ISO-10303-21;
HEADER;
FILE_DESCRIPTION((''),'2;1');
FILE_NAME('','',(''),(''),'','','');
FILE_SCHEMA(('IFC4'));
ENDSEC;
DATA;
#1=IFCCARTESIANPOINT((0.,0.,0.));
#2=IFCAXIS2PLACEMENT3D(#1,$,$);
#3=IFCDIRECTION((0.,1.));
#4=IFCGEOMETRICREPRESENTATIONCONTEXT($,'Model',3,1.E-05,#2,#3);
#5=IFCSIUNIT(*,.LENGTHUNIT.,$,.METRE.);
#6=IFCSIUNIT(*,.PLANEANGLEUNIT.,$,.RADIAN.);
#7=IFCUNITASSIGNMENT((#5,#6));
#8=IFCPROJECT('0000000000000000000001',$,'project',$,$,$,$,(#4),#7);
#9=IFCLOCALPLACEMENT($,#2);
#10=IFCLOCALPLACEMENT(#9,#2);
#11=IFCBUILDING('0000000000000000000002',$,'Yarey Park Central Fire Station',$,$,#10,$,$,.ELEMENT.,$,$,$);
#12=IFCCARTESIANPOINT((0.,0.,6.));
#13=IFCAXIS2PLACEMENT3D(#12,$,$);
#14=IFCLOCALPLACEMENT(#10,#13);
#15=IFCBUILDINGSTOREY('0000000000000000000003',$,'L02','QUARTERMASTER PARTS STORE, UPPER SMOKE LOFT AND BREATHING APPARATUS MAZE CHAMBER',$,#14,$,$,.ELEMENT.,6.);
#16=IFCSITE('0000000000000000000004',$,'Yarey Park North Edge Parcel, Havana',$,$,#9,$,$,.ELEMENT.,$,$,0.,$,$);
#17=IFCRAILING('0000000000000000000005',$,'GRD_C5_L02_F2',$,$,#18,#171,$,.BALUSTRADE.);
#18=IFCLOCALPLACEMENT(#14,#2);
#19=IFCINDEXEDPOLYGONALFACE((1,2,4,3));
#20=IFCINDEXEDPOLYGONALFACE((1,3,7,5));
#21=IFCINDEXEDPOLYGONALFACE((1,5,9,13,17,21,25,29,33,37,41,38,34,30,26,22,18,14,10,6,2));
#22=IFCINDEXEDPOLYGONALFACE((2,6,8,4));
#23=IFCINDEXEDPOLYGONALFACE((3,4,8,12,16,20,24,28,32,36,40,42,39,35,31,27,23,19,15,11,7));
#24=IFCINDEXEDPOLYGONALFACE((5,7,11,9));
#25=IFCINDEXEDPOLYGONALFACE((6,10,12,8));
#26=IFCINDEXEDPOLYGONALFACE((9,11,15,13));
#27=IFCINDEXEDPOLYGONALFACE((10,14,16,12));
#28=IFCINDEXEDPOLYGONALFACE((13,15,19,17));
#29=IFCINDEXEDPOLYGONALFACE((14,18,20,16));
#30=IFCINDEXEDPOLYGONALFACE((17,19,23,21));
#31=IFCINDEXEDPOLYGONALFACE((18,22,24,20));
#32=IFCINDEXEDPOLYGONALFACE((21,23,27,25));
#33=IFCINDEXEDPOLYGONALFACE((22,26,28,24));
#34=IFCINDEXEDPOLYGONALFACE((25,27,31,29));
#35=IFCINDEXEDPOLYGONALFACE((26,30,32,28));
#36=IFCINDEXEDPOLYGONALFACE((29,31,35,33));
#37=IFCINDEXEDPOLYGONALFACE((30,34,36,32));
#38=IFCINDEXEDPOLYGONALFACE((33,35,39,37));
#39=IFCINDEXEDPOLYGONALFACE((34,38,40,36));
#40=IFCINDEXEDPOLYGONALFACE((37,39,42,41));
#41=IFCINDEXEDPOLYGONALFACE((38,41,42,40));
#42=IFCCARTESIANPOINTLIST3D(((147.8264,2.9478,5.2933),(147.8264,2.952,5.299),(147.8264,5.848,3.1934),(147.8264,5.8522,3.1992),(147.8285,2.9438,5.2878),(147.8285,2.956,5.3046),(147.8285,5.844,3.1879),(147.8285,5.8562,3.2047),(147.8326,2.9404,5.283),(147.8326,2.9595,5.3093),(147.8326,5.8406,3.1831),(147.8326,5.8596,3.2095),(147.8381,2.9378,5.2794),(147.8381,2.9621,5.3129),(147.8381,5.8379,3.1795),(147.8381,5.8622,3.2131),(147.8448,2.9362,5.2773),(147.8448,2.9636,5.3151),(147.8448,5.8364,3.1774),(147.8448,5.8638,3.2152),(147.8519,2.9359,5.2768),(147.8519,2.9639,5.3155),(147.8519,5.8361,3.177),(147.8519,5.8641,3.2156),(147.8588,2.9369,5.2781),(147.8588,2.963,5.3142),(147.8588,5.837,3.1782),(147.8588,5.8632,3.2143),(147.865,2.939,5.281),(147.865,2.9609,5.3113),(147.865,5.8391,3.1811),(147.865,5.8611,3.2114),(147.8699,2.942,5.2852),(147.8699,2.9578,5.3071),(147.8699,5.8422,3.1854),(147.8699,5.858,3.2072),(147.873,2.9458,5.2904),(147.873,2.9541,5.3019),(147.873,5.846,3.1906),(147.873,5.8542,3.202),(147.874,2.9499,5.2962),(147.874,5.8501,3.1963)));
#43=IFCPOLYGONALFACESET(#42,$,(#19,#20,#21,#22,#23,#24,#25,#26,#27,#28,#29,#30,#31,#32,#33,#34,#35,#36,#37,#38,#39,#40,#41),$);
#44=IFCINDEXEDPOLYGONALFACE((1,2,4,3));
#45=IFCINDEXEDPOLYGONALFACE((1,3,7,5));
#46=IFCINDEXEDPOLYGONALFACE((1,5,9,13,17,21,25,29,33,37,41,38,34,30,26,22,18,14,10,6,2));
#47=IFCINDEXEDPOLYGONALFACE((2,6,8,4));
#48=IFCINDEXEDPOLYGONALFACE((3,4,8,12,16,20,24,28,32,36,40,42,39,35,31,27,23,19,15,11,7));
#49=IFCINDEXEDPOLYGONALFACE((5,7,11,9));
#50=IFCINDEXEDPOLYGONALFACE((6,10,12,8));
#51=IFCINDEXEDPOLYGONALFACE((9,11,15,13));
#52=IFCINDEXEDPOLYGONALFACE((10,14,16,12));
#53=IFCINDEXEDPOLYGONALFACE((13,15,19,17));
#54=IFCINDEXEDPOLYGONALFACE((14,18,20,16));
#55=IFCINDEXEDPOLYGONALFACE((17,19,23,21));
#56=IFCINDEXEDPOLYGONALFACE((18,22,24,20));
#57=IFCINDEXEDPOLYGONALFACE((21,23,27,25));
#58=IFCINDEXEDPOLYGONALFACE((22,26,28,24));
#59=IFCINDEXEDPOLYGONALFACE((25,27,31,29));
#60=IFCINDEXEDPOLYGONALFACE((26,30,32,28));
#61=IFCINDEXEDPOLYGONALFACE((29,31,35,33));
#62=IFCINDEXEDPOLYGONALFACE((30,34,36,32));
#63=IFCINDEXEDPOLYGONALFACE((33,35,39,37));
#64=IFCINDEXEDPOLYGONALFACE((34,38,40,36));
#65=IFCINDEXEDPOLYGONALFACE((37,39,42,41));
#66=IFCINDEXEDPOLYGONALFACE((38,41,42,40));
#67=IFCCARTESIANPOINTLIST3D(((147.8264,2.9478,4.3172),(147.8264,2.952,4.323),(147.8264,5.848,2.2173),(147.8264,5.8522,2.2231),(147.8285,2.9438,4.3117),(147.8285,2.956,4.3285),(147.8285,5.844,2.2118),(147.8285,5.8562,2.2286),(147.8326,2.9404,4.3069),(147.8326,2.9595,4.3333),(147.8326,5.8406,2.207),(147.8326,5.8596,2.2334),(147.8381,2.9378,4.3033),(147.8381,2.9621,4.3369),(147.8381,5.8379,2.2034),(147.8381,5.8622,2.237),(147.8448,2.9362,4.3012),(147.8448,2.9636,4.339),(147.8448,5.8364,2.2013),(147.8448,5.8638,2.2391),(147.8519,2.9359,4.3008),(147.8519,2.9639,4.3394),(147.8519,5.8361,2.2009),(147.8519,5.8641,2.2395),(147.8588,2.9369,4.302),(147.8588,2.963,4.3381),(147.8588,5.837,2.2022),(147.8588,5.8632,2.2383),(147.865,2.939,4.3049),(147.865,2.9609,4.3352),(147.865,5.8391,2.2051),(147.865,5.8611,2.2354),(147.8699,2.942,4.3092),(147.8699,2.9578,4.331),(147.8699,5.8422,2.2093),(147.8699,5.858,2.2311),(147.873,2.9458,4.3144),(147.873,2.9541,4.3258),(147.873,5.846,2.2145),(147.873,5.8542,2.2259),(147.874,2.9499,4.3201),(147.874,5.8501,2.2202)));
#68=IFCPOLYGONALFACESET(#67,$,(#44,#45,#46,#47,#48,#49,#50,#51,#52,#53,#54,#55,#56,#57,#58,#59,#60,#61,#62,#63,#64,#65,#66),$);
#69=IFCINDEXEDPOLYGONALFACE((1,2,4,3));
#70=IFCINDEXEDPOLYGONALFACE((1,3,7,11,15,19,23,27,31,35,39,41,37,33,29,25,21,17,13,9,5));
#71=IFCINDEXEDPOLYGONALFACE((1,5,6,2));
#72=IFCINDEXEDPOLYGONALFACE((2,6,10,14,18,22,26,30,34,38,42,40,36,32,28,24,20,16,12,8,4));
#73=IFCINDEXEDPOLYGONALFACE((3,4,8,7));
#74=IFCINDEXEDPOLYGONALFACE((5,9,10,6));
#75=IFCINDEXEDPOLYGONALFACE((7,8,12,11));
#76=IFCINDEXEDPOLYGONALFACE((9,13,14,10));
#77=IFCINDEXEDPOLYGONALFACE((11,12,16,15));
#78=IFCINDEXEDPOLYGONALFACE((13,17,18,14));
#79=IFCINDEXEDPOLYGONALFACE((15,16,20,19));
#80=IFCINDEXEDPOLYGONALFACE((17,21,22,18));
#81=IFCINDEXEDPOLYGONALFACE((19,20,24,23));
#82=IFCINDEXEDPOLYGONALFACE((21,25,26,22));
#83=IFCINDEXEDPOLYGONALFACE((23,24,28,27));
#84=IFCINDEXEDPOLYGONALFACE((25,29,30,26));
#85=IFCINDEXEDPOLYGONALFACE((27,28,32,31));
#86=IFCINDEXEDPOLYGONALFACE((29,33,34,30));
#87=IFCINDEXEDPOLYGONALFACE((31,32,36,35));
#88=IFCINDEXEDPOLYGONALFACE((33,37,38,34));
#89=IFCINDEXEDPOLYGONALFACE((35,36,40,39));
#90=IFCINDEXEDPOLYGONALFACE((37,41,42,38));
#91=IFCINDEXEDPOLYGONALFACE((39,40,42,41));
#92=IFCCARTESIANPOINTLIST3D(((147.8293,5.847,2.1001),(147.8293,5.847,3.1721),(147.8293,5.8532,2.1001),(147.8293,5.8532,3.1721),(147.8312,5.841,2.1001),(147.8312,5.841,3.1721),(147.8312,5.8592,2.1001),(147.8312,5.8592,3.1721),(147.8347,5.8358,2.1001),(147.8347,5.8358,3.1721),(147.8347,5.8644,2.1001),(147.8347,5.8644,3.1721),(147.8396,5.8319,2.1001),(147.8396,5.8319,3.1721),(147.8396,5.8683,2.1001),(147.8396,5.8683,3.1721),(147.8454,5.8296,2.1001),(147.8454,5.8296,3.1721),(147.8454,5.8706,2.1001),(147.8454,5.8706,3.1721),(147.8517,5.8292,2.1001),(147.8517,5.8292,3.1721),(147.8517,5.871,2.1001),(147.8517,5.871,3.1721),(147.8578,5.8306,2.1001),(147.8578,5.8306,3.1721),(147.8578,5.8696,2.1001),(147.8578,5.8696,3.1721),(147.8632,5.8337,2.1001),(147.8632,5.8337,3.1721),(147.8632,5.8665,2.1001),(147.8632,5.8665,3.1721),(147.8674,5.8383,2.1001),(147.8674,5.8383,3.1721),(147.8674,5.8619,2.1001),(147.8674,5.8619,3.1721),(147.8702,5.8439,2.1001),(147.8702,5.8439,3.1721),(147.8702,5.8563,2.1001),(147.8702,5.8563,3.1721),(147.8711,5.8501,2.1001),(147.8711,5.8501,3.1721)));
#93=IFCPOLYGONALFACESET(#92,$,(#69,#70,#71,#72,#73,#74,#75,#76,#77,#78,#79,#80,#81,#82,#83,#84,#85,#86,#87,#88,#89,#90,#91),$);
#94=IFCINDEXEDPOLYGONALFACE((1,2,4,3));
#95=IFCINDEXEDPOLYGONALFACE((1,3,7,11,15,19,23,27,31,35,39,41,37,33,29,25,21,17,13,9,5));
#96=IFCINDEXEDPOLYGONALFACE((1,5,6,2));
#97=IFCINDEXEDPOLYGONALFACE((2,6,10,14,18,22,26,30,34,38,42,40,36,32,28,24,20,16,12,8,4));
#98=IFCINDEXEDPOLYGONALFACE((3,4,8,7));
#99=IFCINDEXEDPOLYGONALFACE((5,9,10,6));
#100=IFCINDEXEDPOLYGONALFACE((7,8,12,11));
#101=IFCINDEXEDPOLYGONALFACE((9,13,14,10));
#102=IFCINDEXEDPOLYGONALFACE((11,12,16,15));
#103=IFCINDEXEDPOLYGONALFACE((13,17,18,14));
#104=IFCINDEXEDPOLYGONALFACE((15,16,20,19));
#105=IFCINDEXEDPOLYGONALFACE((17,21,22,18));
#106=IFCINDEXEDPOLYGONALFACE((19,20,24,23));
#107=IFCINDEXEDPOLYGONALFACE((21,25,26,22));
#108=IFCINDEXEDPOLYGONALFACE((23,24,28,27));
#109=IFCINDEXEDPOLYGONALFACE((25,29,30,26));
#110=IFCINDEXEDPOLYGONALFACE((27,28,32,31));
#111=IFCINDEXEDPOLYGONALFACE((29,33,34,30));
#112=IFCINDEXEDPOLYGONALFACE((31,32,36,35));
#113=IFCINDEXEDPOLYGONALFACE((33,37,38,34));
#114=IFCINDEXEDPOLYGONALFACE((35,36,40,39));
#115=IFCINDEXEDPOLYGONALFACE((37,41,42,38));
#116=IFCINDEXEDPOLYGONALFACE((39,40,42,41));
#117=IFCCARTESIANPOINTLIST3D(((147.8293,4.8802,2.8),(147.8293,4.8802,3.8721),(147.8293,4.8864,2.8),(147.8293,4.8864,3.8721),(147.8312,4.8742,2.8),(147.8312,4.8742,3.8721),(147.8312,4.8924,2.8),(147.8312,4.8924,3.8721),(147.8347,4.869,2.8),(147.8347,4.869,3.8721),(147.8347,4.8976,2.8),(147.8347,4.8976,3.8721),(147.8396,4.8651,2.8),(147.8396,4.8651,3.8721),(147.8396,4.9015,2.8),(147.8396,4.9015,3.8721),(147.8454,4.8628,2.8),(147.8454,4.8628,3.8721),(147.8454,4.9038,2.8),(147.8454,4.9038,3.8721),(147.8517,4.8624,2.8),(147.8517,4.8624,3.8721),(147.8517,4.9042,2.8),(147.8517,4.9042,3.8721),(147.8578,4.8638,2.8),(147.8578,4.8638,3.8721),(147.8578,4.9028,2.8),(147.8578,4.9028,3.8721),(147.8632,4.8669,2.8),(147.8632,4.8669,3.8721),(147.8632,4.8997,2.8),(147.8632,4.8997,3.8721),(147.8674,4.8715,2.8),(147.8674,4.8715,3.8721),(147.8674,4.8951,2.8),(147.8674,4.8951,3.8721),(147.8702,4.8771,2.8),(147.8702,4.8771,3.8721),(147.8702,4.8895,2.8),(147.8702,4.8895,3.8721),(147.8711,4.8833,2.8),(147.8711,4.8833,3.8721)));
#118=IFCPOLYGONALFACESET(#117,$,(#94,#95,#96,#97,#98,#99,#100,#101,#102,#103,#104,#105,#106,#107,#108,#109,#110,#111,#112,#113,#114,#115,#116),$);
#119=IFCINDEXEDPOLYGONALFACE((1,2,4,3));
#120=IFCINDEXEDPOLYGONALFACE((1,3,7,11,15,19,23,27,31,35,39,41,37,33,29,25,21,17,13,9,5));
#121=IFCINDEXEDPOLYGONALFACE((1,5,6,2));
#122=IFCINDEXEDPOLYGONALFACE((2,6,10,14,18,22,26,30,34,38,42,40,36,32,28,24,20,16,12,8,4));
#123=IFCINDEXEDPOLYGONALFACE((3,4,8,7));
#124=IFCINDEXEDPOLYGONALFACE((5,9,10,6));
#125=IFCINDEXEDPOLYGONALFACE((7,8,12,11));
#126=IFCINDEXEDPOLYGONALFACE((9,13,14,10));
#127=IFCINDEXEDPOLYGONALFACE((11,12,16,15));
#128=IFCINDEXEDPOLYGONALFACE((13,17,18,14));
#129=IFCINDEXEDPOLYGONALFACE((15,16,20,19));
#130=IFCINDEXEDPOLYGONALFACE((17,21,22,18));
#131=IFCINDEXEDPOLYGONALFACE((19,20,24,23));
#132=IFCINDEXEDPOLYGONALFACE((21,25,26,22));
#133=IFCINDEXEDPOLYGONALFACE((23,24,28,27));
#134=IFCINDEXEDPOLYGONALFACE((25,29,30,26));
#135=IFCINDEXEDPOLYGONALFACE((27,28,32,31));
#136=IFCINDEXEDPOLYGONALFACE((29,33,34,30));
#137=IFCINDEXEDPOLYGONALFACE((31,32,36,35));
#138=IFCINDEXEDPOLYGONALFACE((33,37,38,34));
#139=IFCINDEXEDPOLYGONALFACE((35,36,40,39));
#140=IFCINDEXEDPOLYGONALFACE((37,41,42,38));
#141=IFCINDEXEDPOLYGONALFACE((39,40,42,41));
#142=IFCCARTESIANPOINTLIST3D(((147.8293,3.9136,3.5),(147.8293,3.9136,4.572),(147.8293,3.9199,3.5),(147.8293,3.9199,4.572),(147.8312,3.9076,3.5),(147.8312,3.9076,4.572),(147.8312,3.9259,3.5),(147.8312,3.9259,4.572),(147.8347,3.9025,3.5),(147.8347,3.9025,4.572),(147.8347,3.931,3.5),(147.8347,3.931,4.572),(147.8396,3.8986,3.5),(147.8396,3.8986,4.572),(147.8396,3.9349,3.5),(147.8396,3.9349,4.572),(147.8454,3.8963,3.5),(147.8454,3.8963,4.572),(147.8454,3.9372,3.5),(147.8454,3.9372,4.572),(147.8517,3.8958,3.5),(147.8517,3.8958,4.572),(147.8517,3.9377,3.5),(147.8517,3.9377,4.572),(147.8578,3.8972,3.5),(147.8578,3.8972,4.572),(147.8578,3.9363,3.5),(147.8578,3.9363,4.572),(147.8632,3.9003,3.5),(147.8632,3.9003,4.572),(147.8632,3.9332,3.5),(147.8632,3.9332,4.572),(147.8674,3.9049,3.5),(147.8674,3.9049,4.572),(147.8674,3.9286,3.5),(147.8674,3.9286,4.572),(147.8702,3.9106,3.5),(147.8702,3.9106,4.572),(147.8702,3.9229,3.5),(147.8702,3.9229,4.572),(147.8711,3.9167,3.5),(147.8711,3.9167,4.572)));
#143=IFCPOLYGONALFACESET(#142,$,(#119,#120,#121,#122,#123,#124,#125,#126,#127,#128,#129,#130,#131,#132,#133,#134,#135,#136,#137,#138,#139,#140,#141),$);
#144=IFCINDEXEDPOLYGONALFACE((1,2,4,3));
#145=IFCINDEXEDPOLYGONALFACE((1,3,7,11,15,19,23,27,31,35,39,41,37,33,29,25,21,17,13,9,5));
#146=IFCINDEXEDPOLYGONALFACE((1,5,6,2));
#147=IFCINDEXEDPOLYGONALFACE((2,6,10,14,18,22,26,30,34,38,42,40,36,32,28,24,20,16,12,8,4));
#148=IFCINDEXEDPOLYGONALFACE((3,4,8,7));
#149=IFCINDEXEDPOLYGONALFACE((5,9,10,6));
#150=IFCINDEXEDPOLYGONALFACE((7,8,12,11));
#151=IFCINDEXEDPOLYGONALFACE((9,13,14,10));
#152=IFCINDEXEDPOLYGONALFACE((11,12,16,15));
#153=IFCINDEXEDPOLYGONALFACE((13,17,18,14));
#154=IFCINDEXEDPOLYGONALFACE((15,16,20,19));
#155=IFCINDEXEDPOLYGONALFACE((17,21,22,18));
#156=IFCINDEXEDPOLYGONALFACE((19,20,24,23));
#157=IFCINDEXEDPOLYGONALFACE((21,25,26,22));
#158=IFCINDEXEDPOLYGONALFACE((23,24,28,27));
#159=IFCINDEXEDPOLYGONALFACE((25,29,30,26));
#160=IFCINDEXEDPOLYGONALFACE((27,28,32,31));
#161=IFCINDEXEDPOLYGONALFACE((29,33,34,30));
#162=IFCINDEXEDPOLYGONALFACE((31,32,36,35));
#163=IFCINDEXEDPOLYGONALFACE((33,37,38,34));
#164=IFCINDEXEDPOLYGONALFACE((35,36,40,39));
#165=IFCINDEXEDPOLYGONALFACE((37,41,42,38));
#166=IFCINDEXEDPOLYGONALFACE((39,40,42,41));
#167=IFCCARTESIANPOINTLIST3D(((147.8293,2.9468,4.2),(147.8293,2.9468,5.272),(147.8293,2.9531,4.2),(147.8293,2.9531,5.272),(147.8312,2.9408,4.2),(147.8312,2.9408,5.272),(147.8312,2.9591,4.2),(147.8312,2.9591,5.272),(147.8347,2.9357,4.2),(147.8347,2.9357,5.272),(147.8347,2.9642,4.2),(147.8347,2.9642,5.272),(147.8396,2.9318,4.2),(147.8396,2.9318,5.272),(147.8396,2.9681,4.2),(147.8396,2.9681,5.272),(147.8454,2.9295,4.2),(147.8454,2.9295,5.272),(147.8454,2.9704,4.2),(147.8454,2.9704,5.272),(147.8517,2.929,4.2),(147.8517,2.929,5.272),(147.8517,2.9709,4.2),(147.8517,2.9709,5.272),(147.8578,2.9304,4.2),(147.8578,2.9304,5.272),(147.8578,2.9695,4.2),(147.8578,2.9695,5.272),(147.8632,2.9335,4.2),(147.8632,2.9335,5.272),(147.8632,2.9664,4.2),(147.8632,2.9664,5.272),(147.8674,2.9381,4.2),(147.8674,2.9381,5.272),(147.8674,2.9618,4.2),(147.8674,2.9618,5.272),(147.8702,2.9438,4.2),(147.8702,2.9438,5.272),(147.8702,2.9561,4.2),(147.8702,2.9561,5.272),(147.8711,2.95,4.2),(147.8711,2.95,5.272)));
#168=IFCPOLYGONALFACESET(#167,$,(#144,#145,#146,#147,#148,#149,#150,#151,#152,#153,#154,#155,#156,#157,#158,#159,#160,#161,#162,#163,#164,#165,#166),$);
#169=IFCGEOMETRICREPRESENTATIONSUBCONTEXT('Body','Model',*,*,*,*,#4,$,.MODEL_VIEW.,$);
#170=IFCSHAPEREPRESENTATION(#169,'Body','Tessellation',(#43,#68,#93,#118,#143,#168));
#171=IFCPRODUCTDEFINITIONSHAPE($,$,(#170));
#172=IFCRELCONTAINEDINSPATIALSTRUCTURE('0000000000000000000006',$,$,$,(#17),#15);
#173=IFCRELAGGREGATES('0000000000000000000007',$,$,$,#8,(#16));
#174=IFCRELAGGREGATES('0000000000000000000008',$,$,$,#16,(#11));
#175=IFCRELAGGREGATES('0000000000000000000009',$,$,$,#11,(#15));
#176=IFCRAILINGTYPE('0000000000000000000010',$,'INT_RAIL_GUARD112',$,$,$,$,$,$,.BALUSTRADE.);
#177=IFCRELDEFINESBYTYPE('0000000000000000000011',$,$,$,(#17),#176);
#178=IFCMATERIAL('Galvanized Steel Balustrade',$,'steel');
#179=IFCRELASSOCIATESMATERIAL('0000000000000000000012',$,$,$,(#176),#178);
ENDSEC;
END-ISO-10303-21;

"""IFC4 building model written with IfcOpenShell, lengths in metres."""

from ifc_helpers import new_model, si_unit, direction, frame, origin, origin_2d, place, context, subcontext, project, spatial, circle, extrude, material, type_object, element, save


model = new_model("IFC4")

# Units and contexts
model_context = context("Model", 3, precision=1e-05, world=origin(), true_north=direction((0.0, 1.0)))
body_context = subcontext(model_context, "Body", "Model", "MODEL_VIEW")
ifc_project = project(units=[si_unit("LENGTHUNIT", "METRE"), si_unit("PLANEANGLEUNIT", "RADIAN")], contexts=[model_context])

# Site, building, storey
site_placement = place(None, origin())
site = spatial("IfcSite", under=ifc_project, at=site_placement, Name="Yarey Park North Edge Parcel, Havana", CompositionType="ELEMENT", RefElevation=0.0)
building_placement = place(site_placement, origin())
building = spatial("IfcBuilding", under=site, at=building_placement, Name="Yarey Park Central Fire Station", CompositionType="ELEMENT")
storey_placement = place(building_placement, frame((0.0, 0.0, 6.0)))
storey = spatial("IfcBuildingStorey", under=building, at=storey_placement, Name="L02", Description="QUARTERMASTER PARTS STORE, UPPER SMOKE LOFT AND BREATHING APPARATUS MAZE CHAMBER", CompositionType="ELEMENT", Elevation=6.0)

# Railing
ifc_material_1 = material(Name="Galvanized Steel Balustrade", Category="steel")
railing_type_1 = type_object("IfcRailingType", Name="INT_RAIL_GUARD112", PredefinedType="BALUSTRADE", material=ifc_material_1)
railing_1_placement = place(storey_placement, frame((147.8501, 5.8501, 2.1001)))
element("IfcRailing", 1, at=railing_1_placement, inside=storey, type_object=railing_type_1, Name="GRD_C5_L02_F2", PredefinedType="BALUSTRADE", context=body_context, shape_type="SweptSolid", body=[
    extrude(circle(Radius=0.0239, at=origin_2d()), frame((0.0, 0.0, 1.0962), z_axis=(0.0, -0.809976, 0.586464), x_axis=(1.0, 0.0, 0.0)), (0.0, 0.0, 1.0), 3.5806),
    extrude(circle(Radius=0.0239, at=origin_2d()), frame((0.0, 0.0, 0.1201), z_axis=(0.0, -0.809976, 0.586464), x_axis=(1.0, 0.0, 0.0)), (0.0, 0.0, 1.0), 3.5806),
    extrude(circle(Radius=0.021, at=origin_2d()), origin(), (0.0, 0.0, 1.0), 1.072),
    extrude(circle(Radius=0.021, at=origin_2d()), frame((0.0, -0.9668, 0.7)), (0.0, 0.0, 1.0), 1.072),
    extrude(circle(Radius=0.021, at=origin_2d()), frame((0.0, -1.9333, 1.3999)), (0.0, 0.0, 1.0), 1.072),
    extrude(circle(Radius=0.021, at=origin_2d()), frame((0.0, -2.9001, 2.0999)), (0.0, 0.0, 1.0), 1.072),
])

save(model, "model.ifc")
